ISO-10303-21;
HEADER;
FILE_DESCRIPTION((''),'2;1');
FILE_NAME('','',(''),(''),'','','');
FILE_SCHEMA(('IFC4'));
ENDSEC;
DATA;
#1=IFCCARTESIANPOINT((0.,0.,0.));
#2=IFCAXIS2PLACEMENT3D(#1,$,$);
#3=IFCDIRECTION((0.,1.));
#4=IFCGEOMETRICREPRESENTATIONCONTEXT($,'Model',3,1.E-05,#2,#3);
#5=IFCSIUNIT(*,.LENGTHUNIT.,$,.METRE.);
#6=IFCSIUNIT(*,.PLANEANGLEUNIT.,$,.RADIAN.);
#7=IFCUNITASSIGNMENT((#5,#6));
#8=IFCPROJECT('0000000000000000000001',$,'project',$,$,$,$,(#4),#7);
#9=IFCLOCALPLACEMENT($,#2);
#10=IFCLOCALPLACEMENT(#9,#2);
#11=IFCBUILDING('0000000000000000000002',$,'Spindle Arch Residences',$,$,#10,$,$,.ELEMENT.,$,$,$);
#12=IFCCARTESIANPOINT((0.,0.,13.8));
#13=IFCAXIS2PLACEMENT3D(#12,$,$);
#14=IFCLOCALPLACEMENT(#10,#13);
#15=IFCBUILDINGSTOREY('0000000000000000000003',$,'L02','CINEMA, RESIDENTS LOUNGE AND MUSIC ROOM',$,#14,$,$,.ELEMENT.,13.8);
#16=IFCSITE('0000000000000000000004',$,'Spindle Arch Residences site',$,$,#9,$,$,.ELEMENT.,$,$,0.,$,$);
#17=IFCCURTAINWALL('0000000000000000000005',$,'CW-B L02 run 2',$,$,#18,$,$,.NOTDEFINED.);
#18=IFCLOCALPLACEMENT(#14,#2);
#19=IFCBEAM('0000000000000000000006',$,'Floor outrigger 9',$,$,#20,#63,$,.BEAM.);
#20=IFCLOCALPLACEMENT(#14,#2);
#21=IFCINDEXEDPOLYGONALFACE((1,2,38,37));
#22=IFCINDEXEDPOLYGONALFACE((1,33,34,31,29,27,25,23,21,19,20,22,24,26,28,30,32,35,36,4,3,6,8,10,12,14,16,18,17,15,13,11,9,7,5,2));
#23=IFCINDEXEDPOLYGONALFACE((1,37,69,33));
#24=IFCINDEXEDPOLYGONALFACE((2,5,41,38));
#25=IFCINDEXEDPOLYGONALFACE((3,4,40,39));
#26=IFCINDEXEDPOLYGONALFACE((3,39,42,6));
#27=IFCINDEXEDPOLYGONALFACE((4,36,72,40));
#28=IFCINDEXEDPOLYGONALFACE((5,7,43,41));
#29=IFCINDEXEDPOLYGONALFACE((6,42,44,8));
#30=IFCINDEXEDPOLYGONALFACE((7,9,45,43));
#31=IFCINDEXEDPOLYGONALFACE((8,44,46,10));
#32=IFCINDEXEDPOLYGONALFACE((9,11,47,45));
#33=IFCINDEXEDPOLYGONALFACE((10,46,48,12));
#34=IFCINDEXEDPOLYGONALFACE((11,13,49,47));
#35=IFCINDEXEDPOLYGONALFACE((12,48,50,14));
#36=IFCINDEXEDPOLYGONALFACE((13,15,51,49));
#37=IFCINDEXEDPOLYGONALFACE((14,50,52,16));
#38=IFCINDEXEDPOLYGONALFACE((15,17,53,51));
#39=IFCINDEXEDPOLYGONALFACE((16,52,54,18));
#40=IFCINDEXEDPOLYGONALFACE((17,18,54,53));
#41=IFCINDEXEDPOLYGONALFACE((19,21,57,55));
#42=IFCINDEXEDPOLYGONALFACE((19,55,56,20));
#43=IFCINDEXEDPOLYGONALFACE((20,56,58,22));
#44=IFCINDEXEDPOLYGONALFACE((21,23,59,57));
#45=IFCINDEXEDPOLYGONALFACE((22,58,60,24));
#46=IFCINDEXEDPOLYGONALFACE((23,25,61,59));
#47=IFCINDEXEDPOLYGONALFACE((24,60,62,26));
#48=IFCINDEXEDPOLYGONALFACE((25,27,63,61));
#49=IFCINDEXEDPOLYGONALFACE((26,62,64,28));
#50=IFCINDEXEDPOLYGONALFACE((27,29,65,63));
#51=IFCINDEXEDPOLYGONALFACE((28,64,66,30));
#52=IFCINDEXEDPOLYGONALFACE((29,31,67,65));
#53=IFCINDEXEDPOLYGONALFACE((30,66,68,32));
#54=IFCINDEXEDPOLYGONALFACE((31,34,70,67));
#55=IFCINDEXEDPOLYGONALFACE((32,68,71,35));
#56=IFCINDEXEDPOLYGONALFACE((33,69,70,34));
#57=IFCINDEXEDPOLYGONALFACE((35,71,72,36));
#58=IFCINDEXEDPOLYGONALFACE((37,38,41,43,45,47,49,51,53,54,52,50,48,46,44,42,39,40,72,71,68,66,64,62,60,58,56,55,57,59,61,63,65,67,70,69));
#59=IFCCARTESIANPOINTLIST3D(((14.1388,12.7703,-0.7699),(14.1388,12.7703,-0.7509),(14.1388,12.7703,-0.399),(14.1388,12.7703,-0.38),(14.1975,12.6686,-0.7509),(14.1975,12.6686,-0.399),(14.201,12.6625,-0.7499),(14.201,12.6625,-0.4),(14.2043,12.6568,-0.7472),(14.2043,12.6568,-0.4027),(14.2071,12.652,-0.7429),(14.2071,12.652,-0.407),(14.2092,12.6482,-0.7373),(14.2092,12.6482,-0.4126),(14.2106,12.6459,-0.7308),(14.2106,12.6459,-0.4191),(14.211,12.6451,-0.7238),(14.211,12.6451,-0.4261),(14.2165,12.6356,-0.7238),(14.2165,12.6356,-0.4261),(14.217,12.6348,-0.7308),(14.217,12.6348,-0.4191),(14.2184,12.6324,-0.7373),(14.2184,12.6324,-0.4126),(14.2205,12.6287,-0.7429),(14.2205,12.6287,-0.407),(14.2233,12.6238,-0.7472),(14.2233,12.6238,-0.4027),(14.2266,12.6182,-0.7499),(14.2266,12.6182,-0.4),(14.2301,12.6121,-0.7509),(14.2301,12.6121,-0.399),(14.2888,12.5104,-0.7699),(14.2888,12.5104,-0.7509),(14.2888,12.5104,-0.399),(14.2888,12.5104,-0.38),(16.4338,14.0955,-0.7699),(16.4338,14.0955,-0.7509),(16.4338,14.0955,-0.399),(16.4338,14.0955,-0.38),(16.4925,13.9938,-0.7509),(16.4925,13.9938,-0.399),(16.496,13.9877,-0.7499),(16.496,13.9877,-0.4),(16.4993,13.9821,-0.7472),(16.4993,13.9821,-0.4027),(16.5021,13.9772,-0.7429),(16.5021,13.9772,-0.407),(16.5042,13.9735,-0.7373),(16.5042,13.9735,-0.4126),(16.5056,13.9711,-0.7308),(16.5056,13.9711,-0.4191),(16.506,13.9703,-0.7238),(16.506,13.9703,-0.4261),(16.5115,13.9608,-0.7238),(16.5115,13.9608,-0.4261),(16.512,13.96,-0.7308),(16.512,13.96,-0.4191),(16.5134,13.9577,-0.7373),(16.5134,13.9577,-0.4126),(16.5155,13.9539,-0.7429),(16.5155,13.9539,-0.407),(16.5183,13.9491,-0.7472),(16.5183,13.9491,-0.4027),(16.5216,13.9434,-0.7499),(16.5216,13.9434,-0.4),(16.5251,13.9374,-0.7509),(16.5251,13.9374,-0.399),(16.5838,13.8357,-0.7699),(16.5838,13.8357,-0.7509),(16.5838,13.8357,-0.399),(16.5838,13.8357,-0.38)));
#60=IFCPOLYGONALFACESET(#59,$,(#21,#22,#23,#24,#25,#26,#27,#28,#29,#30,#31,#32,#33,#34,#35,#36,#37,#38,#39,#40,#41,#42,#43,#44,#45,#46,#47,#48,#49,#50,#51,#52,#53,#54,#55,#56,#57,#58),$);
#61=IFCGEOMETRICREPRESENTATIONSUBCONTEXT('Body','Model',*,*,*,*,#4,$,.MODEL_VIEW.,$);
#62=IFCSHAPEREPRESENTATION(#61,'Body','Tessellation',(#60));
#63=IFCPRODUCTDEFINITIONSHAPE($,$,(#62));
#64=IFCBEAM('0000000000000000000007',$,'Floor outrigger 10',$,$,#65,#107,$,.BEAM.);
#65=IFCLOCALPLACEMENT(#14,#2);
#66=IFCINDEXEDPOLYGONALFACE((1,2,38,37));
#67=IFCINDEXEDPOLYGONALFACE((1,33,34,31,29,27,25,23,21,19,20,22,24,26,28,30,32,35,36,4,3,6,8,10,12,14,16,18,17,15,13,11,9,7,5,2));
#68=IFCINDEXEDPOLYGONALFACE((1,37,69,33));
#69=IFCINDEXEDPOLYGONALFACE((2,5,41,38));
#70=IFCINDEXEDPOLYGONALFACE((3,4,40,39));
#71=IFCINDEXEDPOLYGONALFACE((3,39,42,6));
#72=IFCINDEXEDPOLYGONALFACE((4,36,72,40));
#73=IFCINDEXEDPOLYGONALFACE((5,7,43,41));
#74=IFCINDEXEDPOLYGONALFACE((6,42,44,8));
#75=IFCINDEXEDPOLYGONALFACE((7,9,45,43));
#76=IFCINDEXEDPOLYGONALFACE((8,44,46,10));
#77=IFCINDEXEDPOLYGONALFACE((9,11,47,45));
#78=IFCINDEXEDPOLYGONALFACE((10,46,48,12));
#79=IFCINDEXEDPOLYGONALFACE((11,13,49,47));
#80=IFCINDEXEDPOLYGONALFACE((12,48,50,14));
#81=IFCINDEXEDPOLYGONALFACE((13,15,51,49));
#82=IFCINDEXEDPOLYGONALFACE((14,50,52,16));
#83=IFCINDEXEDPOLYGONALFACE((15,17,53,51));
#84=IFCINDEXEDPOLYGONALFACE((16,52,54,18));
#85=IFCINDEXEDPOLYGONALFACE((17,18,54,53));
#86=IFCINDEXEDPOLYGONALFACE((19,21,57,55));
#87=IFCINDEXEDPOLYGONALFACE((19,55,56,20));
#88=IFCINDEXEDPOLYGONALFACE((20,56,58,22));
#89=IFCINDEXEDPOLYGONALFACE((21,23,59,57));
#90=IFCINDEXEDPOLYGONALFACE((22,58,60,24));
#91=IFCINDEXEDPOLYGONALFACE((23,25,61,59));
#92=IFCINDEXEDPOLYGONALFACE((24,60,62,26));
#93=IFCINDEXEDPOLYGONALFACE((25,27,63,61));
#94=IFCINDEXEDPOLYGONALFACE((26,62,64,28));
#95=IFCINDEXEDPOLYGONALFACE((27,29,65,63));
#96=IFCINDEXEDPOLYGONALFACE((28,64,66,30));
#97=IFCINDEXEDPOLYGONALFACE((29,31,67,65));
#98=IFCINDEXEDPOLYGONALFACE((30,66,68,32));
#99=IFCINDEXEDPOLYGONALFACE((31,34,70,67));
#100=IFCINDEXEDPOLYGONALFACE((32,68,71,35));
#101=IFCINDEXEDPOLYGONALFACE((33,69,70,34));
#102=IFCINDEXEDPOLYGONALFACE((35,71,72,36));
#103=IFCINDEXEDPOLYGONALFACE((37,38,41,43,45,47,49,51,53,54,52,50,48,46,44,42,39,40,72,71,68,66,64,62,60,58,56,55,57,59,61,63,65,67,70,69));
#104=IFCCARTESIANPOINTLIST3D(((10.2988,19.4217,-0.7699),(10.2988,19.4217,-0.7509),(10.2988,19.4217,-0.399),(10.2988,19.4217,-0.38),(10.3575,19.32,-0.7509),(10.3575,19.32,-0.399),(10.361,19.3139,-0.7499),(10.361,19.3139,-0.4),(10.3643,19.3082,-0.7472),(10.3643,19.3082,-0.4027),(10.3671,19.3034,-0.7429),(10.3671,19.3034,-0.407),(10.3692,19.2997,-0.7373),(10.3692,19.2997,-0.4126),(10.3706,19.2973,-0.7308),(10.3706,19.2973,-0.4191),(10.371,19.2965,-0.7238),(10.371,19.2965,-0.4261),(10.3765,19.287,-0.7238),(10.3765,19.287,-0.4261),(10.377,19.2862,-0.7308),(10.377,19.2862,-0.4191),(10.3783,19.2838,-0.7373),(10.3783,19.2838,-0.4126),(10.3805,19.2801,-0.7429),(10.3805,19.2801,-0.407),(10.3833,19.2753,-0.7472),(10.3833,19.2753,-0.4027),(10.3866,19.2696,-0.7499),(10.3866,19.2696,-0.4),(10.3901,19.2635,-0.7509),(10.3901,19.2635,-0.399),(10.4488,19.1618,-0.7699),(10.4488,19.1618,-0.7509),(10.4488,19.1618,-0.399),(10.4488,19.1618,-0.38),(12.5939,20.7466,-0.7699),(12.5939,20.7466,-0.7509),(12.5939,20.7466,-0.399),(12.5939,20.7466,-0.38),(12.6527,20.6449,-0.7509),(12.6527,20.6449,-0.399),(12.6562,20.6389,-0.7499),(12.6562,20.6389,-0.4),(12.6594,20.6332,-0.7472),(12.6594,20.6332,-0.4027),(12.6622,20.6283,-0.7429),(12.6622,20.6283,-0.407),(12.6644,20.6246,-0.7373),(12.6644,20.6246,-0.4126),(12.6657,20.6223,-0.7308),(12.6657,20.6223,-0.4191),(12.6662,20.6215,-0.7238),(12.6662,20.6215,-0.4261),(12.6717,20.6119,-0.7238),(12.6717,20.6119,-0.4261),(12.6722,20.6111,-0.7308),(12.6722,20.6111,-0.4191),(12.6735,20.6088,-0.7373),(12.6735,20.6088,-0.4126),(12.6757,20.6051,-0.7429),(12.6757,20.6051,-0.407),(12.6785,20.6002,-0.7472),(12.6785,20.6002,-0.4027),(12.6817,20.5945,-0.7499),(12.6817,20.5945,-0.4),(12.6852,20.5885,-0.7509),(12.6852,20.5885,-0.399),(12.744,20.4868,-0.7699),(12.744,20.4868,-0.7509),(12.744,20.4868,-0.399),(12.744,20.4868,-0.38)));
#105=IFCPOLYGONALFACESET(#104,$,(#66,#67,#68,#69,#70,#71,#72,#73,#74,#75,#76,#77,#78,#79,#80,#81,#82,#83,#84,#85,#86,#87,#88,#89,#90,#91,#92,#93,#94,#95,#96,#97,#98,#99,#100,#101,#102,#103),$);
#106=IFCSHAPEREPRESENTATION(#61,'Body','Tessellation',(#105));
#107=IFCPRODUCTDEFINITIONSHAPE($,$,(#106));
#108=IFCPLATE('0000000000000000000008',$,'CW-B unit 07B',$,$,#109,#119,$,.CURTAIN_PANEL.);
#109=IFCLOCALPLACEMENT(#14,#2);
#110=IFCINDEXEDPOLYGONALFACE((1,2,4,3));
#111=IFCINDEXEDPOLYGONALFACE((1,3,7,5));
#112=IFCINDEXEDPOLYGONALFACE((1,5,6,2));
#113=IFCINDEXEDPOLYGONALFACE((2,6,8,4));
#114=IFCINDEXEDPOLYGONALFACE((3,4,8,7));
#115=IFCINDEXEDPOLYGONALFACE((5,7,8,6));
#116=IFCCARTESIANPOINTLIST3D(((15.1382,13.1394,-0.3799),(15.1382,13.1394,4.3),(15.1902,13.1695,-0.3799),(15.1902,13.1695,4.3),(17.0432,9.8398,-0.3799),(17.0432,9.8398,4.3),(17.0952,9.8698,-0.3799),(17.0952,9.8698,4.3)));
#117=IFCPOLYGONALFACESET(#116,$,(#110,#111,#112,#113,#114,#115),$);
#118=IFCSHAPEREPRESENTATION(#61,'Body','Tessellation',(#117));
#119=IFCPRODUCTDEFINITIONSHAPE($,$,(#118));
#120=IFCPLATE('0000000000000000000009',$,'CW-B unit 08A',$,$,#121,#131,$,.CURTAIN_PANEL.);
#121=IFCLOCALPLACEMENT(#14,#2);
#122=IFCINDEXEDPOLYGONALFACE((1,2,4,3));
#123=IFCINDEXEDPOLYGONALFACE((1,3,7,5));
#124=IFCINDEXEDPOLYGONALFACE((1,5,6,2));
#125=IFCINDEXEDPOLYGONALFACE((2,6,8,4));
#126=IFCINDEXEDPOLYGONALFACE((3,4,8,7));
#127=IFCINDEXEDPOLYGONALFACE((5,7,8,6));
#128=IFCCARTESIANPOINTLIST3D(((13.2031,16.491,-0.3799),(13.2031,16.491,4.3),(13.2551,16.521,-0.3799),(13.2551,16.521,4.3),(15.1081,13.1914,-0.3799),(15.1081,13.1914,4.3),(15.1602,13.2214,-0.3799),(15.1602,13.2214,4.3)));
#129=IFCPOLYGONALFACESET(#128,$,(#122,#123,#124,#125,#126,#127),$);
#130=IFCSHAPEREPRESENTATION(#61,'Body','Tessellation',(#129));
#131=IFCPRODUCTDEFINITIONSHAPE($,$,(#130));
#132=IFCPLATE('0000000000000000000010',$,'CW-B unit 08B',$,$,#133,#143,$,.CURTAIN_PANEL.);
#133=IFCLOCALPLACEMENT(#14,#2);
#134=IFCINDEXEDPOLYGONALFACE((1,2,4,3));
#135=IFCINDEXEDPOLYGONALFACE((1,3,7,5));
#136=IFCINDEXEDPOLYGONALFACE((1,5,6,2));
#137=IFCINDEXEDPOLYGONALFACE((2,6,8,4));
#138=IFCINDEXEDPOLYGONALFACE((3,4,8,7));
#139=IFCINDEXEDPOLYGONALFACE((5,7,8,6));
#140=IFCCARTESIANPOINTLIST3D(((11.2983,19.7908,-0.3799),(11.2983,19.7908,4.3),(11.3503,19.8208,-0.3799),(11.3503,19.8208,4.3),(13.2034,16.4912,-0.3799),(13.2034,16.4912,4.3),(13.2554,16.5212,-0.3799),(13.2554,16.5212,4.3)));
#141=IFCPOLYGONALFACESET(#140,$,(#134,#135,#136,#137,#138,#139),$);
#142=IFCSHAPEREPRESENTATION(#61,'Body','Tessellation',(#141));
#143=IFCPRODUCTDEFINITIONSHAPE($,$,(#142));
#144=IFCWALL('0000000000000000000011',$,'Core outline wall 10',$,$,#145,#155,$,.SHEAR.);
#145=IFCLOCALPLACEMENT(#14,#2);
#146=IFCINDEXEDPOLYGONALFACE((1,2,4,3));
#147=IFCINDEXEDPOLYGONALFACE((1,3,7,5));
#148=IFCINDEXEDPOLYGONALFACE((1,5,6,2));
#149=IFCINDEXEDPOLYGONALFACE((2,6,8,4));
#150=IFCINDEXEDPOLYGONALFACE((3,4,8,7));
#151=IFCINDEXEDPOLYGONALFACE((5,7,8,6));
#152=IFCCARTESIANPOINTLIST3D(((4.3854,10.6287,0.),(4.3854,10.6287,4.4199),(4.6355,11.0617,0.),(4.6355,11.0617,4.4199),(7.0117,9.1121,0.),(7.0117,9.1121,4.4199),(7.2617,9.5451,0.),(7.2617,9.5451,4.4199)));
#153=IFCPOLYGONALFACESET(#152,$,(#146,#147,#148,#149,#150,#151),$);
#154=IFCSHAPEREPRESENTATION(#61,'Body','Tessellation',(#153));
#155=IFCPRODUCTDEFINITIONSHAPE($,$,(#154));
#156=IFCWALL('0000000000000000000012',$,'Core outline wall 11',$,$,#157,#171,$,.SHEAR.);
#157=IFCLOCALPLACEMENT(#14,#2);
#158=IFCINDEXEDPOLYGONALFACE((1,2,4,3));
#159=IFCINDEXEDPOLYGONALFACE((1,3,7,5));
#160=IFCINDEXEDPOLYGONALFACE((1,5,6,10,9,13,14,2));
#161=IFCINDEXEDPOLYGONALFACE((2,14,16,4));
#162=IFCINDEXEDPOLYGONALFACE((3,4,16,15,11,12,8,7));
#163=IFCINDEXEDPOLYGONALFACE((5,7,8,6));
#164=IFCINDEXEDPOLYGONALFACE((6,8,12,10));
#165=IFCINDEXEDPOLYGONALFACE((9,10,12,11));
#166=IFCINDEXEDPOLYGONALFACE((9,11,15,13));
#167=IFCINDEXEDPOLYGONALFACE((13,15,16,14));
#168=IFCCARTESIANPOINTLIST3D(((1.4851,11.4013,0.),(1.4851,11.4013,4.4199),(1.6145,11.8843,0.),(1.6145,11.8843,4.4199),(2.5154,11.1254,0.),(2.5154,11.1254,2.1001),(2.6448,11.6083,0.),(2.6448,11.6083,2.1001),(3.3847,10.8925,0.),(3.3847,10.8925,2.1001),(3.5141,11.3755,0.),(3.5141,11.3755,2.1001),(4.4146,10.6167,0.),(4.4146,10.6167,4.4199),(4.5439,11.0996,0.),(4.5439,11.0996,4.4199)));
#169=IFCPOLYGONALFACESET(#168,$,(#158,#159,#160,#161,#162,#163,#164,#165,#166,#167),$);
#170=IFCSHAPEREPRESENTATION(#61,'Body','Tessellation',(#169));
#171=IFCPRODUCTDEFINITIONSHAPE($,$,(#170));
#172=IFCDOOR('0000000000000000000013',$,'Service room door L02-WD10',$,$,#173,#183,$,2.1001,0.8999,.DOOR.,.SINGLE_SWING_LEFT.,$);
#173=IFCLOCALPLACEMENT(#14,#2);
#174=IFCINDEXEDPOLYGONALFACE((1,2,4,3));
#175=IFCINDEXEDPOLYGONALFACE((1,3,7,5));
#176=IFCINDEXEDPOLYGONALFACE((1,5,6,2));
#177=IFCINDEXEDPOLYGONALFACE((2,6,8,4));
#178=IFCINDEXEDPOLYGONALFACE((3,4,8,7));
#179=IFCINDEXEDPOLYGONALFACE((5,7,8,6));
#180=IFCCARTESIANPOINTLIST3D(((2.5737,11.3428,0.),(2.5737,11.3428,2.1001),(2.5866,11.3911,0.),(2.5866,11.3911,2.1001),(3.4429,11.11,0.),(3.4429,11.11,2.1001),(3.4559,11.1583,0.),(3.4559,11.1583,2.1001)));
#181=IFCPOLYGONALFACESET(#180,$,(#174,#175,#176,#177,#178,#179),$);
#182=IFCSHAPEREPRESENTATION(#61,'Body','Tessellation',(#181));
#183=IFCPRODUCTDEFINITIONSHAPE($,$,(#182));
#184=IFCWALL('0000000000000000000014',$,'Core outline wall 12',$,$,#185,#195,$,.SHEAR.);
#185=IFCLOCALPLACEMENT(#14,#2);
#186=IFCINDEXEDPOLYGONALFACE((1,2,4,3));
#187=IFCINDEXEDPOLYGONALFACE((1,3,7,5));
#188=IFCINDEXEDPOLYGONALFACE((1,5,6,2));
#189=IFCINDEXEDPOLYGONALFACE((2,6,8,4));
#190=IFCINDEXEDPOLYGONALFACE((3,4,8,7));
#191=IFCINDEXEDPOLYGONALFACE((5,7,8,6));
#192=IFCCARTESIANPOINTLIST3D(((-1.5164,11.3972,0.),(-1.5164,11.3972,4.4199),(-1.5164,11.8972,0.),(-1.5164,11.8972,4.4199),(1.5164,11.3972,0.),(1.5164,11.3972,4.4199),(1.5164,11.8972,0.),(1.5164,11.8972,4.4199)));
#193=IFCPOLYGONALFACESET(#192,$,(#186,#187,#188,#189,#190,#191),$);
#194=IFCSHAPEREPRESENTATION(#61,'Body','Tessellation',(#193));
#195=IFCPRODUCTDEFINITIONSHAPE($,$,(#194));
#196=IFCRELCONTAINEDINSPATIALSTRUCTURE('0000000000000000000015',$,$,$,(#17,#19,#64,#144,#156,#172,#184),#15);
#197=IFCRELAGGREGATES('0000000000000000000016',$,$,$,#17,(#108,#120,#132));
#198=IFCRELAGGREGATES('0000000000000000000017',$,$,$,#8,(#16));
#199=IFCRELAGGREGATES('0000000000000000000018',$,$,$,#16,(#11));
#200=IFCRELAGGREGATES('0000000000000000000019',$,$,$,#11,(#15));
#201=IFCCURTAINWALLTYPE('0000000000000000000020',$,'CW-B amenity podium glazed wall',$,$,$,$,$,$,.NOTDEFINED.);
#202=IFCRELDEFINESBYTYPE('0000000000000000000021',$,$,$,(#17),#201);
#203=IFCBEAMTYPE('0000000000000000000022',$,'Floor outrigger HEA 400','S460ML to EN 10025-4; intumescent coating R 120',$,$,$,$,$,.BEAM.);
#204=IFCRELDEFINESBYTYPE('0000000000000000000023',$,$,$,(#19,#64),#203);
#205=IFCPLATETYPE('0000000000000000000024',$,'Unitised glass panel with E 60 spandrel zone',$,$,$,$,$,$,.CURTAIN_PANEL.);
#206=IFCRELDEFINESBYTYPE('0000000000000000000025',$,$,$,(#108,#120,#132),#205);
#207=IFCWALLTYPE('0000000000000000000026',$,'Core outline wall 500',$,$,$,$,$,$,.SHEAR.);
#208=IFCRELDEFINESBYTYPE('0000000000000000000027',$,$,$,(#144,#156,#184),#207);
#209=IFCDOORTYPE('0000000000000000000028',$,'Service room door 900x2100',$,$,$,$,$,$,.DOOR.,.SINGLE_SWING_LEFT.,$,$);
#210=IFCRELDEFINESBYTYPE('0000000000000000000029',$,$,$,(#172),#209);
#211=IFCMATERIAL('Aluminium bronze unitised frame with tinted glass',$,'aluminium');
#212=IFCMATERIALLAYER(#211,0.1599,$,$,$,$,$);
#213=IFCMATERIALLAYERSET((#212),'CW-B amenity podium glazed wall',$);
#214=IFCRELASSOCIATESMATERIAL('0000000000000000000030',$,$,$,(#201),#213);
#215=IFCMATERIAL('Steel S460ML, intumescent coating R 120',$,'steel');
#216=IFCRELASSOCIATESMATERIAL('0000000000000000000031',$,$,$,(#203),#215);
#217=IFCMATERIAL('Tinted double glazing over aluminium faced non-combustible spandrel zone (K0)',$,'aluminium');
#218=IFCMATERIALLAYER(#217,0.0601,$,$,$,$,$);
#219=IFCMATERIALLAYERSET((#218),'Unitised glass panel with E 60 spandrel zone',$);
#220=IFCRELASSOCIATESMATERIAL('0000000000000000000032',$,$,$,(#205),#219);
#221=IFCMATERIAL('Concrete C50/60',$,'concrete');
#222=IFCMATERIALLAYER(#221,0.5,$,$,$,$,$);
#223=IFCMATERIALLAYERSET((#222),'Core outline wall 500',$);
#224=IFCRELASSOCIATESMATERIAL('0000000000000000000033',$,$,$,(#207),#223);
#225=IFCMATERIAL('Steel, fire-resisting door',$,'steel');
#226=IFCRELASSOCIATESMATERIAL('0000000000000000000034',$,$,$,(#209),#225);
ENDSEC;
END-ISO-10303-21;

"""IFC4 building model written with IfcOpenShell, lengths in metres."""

from ifc_helpers import new_model, si_unit, direction, frame, frame_2d, origin, origin_2d, place, context, subcontext, project, spatial, rectangle, i_section, extrude, material, layer, layer_set, material_profile, profile_set, type_object, element, fill, aggregate, save


model = new_model("IFC4")

# Units and contexts
model_context = context("Model", 3, precision=1e-05, world=origin(), true_north=direction((0.0, 1.0)))
body_context = subcontext(model_context, "Body", "Model", "MODEL_VIEW")
ifc_project = project(units=[si_unit("LENGTHUNIT", "METRE"), si_unit("PLANEANGLEUNIT", "RADIAN")], contexts=[model_context])

# Site, building, storey
site_placement = place(None, origin())
site = spatial("IfcSite", under=ifc_project, at=site_placement, Name="Spindle Arch Residences site", CompositionType="ELEMENT", RefElevation=0.0)
building_placement = place(site_placement, origin())
building = spatial("IfcBuilding", under=site, at=building_placement, Name="Spindle Arch Residences", CompositionType="ELEMENT")
storey_placement = place(building_placement, frame((0.0, 0.0, 13.8)))
storey = spatial("IfcBuildingStorey", under=building, at=storey_placement, Name="L02", Description="CINEMA, RESIDENTS LOUNGE AND MUSIC ROOM", CompositionType="ELEMENT", Elevation=13.8)

# Curtain wall
ifc_material_1 = material(Name="Aluminium bronze unitised frame with tinted glass", Category="aluminium")
ifc_layer_1 = layer(ifc_material_1, 0.1599)
ifc_layer_set_1 = layer_set([ifc_layer_1], Name="CW-B amenity podium glazed wall")
curtain_wall_type = type_object("IfcCurtainWallType", Name="CW-B amenity podium glazed wall", PredefinedType="NOTDEFINED", material=ifc_layer_set_1)
curtain_wall_placement = place(storey_placement, origin())
curtain_wall = element("IfcCurtainWall", 1, at=curtain_wall_placement, inside=storey, type_object=curtain_wall_type, Name="CW-B L02 run 2", PredefinedType="NOTDEFINED")

# Beams
ifc_material_2 = material(Name="Steel S460ML, intumescent coating R 120", Category="steel")
ifc_material_profile_1 = material_profile(ifc_material_2, i_section(OverallWidth=0.3, OverallDepth=0.3899, WebThickness=0.011, FlangeThickness=0.019, FilletRadius=0.0271, at=origin_2d()), Name="HEA 400")
ifc_profile_set_1 = profile_set([ifc_material_profile_1], Name="Steel S460ML, intumescent coating R 120")
beam_type_1 = type_object("IfcBeamType", Name="Floor outrigger HEA 400", Description="S460ML to EN 10025-4; intumescent coating R 120", PredefinedType="BEAM", material=ifc_profile_set_1)
for number, where, z_axis, x_axis, name in (
    (2, (16.5088, 13.9656, -0.575), (-0.865989, -0.500063, 0.0), (0.500063, -0.865989, 0.0), "Floor outrigger 9"),
    (3, (12.6689, 20.6167, -0.575), (-0.866052, -0.499954, 0.0), (0.499954, -0.866052, 0.0), "Floor outrigger 10"),
):
    element("IfcBeam", number, at=place(storey_placement, frame(where, z_axis=z_axis, x_axis=x_axis)), inside=storey, type_object=beam_type_1, Name=name, PredefinedType="BEAM", context=body_context, shape_type="SweptSolid", body=[
        extrude(i_section(OverallWidth=0.3, OverallDepth=0.3899, WebThickness=0.011, FlangeThickness=0.019, FilletRadius=0.0271, at=origin_2d()), origin(), (0.0, 0.0, 1.0), 2.6501),
    ])

# Plates
ifc_material_3 = material(Name="Tinted double glazing over aluminium faced non-combustible spandrel zone (K0)", Category="aluminium")
ifc_layer_2 = layer(ifc_material_3, 0.0601)
ifc_layer_set_2 = layer_set([ifc_layer_2], Name="Unitised glass panel with E 60 spandrel zone")
plate_type = type_object("IfcPlateType", Name="Unitised glass panel with E 60 spandrel zone", PredefinedType="CURTAIN_PANEL", material=ifc_layer_set_2)
plate_1_placement = place(storey_placement, frame((16.1167, 11.5046, -0.3799), z_axis=(0.0, 0.0, 1.0), x_axis=(-0.5, 0.866025, 0.0)))
plate_1 = element("IfcPlate", 4, at=plate_1_placement, type_object=plate_type, Name="CW-B unit 07B", PredefinedType="CURTAIN_PANEL", context=body_context, shape_type="SweptSolid", body=[
    extrude(rectangle(XDim=3.8101, YDim=0.0601, at=origin_2d()), origin(), (0.0, 0.0, 1.0), 4.6799),
])
plate_2_placement = place(storey_placement, frame((14.1816, 14.8562, -0.3799), z_axis=(0.0, 0.0, 1.0), x_axis=(-0.5, 0.866025, 0.0)))
plate_2 = element("IfcPlate", 5, at=plate_2_placement, type_object=plate_type, Name="CW-B unit 08A", PredefinedType="CURTAIN_PANEL", context=body_context, shape_type="SweptSolid", body=[
    extrude(rectangle(XDim=3.8101, YDim=0.0601, at=origin_2d()), origin(), (0.0, 0.0, 1.0), 4.6799),
])
plate_3_placement = place(storey_placement, frame((12.2769, 18.156, -0.3799), z_axis=(0.0, 0.0, 1.0), x_axis=(-0.5, 0.866025, 0.0)))
plate_3 = element("IfcPlate", 6, at=plate_3_placement, type_object=plate_type, Name="CW-B unit 08B", PredefinedType="CURTAIN_PANEL", context=body_context, shape_type="SweptSolid", body=[
    extrude(rectangle(XDim=3.8101, YDim=0.0601, at=origin_2d()), origin(), (0.0, 0.0, 1.0), 4.6799),
])
aggregate(curtain_wall, [plate_1, plate_2, plate_3])

# Wall
ifc_material_4 = material(Name="Concrete C50/60", Category="concrete")
ifc_layer_3 = layer(ifc_material_4, 0.5)
ifc_layer_set_3 = layer_set([ifc_layer_3], Name="Core outline wall 500")
wall_type_1 = type_object("IfcWallType", Name="Core outline wall 500", PredefinedType="SHEAR", material=ifc_layer_set_3)
wall_1_placement = place(storey_placement, frame((7.1367, 9.3286, 0.0), z_axis=(0.0, 0.0, 1.0), x_axis=(-0.865975, 0.500087, 0.0)))
element("IfcWall", 7, at=wall_1_placement, inside=storey, type_object=wall_type_1, Name="Core outline wall 10", PredefinedType="SHEAR", context=body_context, shape_type="SweptSolid", body=[
    extrude(rectangle(XDim=3.0327, YDim=0.5, at=frame_2d((1.5164, 0.0))), origin(), (0.0, 0.0, 1.0), 4.4199),
])

# Wall, opening, door
wall_2_placement = place(storey_placement, frame((4.4792, 10.8582, 0.0), z_axis=(0.0, 0.0, 1.0), x_axis=(-0.965948, 0.258735, 0.0)))
wall_2 = element("IfcWall", 8, at=wall_2_placement, inside=storey, type_object=wall_type_1, Name="Core outline wall 11", PredefinedType="SHEAR", context=body_context, shape_type="SweptSolid", body=[
    extrude(rectangle(XDim=3.0327, YDim=0.5, at=frame_2d((1.5164, 0.0))), origin(), (0.0, 0.0, 1.0), 4.4199),
])
opening_1_placement = place(wall_2_placement, frame((1.0662, 0.0, 0.0)))
opening_1 = element("IfcOpeningElement", 9, at=opening_1_placement, cuts=wall_2, PredefinedType="OPENING", context=body_context, shape_type="SweptSolid", body=[
    extrude(rectangle(XDim=0.8999, YDim=2.1001, at=frame_2d((0.45, 1.05))), frame((0.0, 0.26, 0.0), z_axis=(0.0, -1.0, 0.0), x_axis=(1.0, 0.0, 0.0)), (0.0, 0.0, 1.0), 0.52),
])
ifc_material_5 = material(Name="Steel, fire-resisting door", Category="steel")
door_type_1 = type_object("IfcDoorType", Name="Service room door 900x2100", OperationType="SINGLE_SWING_LEFT", PredefinedType="DOOR", material=ifc_material_5)
door_1_placement = place(opening_1_placement, origin())
door_1 = element("IfcDoor", 10, at=door_1_placement, inside=storey, type_object=door_type_1, Name="Service room door L02-WD10", OperationType="SINGLE_SWING_LEFT", OverallHeight=2.1001, OverallWidth=0.8999, PredefinedType="DOOR", context=body_context, shape_type="SweptSolid", body=[
    extrude(rectangle(XDim=0.8999, YDim=2.1001, at=frame_2d((0.45, 1.05))), frame((0.0, 0.0249, 0.0), z_axis=(0.0, -1.0, 0.0), x_axis=(1.0, 0.0, 0.0)), (0.0, 0.0, 1.0), 0.05),
])
fill(opening_1, door_1)

# Wall
wall_3_placement = place(storey_placement, frame((1.5164, 11.6472, 0.0), z_axis=(0.0, 0.0, 1.0), x_axis=(-1.0, 0.0, 0.0)))
element("IfcWall", 11, at=wall_3_placement, inside=storey, type_object=wall_type_1, Name="Core outline wall 12", PredefinedType="SHEAR", context=body_context, shape_type="SweptSolid", body=[
    extrude(rectangle(XDim=3.0327, YDim=0.5, at=frame_2d((1.5164, 0.0))), origin(), (0.0, 0.0, 1.0), 4.4199),
])

save(model, "model.ifc")
